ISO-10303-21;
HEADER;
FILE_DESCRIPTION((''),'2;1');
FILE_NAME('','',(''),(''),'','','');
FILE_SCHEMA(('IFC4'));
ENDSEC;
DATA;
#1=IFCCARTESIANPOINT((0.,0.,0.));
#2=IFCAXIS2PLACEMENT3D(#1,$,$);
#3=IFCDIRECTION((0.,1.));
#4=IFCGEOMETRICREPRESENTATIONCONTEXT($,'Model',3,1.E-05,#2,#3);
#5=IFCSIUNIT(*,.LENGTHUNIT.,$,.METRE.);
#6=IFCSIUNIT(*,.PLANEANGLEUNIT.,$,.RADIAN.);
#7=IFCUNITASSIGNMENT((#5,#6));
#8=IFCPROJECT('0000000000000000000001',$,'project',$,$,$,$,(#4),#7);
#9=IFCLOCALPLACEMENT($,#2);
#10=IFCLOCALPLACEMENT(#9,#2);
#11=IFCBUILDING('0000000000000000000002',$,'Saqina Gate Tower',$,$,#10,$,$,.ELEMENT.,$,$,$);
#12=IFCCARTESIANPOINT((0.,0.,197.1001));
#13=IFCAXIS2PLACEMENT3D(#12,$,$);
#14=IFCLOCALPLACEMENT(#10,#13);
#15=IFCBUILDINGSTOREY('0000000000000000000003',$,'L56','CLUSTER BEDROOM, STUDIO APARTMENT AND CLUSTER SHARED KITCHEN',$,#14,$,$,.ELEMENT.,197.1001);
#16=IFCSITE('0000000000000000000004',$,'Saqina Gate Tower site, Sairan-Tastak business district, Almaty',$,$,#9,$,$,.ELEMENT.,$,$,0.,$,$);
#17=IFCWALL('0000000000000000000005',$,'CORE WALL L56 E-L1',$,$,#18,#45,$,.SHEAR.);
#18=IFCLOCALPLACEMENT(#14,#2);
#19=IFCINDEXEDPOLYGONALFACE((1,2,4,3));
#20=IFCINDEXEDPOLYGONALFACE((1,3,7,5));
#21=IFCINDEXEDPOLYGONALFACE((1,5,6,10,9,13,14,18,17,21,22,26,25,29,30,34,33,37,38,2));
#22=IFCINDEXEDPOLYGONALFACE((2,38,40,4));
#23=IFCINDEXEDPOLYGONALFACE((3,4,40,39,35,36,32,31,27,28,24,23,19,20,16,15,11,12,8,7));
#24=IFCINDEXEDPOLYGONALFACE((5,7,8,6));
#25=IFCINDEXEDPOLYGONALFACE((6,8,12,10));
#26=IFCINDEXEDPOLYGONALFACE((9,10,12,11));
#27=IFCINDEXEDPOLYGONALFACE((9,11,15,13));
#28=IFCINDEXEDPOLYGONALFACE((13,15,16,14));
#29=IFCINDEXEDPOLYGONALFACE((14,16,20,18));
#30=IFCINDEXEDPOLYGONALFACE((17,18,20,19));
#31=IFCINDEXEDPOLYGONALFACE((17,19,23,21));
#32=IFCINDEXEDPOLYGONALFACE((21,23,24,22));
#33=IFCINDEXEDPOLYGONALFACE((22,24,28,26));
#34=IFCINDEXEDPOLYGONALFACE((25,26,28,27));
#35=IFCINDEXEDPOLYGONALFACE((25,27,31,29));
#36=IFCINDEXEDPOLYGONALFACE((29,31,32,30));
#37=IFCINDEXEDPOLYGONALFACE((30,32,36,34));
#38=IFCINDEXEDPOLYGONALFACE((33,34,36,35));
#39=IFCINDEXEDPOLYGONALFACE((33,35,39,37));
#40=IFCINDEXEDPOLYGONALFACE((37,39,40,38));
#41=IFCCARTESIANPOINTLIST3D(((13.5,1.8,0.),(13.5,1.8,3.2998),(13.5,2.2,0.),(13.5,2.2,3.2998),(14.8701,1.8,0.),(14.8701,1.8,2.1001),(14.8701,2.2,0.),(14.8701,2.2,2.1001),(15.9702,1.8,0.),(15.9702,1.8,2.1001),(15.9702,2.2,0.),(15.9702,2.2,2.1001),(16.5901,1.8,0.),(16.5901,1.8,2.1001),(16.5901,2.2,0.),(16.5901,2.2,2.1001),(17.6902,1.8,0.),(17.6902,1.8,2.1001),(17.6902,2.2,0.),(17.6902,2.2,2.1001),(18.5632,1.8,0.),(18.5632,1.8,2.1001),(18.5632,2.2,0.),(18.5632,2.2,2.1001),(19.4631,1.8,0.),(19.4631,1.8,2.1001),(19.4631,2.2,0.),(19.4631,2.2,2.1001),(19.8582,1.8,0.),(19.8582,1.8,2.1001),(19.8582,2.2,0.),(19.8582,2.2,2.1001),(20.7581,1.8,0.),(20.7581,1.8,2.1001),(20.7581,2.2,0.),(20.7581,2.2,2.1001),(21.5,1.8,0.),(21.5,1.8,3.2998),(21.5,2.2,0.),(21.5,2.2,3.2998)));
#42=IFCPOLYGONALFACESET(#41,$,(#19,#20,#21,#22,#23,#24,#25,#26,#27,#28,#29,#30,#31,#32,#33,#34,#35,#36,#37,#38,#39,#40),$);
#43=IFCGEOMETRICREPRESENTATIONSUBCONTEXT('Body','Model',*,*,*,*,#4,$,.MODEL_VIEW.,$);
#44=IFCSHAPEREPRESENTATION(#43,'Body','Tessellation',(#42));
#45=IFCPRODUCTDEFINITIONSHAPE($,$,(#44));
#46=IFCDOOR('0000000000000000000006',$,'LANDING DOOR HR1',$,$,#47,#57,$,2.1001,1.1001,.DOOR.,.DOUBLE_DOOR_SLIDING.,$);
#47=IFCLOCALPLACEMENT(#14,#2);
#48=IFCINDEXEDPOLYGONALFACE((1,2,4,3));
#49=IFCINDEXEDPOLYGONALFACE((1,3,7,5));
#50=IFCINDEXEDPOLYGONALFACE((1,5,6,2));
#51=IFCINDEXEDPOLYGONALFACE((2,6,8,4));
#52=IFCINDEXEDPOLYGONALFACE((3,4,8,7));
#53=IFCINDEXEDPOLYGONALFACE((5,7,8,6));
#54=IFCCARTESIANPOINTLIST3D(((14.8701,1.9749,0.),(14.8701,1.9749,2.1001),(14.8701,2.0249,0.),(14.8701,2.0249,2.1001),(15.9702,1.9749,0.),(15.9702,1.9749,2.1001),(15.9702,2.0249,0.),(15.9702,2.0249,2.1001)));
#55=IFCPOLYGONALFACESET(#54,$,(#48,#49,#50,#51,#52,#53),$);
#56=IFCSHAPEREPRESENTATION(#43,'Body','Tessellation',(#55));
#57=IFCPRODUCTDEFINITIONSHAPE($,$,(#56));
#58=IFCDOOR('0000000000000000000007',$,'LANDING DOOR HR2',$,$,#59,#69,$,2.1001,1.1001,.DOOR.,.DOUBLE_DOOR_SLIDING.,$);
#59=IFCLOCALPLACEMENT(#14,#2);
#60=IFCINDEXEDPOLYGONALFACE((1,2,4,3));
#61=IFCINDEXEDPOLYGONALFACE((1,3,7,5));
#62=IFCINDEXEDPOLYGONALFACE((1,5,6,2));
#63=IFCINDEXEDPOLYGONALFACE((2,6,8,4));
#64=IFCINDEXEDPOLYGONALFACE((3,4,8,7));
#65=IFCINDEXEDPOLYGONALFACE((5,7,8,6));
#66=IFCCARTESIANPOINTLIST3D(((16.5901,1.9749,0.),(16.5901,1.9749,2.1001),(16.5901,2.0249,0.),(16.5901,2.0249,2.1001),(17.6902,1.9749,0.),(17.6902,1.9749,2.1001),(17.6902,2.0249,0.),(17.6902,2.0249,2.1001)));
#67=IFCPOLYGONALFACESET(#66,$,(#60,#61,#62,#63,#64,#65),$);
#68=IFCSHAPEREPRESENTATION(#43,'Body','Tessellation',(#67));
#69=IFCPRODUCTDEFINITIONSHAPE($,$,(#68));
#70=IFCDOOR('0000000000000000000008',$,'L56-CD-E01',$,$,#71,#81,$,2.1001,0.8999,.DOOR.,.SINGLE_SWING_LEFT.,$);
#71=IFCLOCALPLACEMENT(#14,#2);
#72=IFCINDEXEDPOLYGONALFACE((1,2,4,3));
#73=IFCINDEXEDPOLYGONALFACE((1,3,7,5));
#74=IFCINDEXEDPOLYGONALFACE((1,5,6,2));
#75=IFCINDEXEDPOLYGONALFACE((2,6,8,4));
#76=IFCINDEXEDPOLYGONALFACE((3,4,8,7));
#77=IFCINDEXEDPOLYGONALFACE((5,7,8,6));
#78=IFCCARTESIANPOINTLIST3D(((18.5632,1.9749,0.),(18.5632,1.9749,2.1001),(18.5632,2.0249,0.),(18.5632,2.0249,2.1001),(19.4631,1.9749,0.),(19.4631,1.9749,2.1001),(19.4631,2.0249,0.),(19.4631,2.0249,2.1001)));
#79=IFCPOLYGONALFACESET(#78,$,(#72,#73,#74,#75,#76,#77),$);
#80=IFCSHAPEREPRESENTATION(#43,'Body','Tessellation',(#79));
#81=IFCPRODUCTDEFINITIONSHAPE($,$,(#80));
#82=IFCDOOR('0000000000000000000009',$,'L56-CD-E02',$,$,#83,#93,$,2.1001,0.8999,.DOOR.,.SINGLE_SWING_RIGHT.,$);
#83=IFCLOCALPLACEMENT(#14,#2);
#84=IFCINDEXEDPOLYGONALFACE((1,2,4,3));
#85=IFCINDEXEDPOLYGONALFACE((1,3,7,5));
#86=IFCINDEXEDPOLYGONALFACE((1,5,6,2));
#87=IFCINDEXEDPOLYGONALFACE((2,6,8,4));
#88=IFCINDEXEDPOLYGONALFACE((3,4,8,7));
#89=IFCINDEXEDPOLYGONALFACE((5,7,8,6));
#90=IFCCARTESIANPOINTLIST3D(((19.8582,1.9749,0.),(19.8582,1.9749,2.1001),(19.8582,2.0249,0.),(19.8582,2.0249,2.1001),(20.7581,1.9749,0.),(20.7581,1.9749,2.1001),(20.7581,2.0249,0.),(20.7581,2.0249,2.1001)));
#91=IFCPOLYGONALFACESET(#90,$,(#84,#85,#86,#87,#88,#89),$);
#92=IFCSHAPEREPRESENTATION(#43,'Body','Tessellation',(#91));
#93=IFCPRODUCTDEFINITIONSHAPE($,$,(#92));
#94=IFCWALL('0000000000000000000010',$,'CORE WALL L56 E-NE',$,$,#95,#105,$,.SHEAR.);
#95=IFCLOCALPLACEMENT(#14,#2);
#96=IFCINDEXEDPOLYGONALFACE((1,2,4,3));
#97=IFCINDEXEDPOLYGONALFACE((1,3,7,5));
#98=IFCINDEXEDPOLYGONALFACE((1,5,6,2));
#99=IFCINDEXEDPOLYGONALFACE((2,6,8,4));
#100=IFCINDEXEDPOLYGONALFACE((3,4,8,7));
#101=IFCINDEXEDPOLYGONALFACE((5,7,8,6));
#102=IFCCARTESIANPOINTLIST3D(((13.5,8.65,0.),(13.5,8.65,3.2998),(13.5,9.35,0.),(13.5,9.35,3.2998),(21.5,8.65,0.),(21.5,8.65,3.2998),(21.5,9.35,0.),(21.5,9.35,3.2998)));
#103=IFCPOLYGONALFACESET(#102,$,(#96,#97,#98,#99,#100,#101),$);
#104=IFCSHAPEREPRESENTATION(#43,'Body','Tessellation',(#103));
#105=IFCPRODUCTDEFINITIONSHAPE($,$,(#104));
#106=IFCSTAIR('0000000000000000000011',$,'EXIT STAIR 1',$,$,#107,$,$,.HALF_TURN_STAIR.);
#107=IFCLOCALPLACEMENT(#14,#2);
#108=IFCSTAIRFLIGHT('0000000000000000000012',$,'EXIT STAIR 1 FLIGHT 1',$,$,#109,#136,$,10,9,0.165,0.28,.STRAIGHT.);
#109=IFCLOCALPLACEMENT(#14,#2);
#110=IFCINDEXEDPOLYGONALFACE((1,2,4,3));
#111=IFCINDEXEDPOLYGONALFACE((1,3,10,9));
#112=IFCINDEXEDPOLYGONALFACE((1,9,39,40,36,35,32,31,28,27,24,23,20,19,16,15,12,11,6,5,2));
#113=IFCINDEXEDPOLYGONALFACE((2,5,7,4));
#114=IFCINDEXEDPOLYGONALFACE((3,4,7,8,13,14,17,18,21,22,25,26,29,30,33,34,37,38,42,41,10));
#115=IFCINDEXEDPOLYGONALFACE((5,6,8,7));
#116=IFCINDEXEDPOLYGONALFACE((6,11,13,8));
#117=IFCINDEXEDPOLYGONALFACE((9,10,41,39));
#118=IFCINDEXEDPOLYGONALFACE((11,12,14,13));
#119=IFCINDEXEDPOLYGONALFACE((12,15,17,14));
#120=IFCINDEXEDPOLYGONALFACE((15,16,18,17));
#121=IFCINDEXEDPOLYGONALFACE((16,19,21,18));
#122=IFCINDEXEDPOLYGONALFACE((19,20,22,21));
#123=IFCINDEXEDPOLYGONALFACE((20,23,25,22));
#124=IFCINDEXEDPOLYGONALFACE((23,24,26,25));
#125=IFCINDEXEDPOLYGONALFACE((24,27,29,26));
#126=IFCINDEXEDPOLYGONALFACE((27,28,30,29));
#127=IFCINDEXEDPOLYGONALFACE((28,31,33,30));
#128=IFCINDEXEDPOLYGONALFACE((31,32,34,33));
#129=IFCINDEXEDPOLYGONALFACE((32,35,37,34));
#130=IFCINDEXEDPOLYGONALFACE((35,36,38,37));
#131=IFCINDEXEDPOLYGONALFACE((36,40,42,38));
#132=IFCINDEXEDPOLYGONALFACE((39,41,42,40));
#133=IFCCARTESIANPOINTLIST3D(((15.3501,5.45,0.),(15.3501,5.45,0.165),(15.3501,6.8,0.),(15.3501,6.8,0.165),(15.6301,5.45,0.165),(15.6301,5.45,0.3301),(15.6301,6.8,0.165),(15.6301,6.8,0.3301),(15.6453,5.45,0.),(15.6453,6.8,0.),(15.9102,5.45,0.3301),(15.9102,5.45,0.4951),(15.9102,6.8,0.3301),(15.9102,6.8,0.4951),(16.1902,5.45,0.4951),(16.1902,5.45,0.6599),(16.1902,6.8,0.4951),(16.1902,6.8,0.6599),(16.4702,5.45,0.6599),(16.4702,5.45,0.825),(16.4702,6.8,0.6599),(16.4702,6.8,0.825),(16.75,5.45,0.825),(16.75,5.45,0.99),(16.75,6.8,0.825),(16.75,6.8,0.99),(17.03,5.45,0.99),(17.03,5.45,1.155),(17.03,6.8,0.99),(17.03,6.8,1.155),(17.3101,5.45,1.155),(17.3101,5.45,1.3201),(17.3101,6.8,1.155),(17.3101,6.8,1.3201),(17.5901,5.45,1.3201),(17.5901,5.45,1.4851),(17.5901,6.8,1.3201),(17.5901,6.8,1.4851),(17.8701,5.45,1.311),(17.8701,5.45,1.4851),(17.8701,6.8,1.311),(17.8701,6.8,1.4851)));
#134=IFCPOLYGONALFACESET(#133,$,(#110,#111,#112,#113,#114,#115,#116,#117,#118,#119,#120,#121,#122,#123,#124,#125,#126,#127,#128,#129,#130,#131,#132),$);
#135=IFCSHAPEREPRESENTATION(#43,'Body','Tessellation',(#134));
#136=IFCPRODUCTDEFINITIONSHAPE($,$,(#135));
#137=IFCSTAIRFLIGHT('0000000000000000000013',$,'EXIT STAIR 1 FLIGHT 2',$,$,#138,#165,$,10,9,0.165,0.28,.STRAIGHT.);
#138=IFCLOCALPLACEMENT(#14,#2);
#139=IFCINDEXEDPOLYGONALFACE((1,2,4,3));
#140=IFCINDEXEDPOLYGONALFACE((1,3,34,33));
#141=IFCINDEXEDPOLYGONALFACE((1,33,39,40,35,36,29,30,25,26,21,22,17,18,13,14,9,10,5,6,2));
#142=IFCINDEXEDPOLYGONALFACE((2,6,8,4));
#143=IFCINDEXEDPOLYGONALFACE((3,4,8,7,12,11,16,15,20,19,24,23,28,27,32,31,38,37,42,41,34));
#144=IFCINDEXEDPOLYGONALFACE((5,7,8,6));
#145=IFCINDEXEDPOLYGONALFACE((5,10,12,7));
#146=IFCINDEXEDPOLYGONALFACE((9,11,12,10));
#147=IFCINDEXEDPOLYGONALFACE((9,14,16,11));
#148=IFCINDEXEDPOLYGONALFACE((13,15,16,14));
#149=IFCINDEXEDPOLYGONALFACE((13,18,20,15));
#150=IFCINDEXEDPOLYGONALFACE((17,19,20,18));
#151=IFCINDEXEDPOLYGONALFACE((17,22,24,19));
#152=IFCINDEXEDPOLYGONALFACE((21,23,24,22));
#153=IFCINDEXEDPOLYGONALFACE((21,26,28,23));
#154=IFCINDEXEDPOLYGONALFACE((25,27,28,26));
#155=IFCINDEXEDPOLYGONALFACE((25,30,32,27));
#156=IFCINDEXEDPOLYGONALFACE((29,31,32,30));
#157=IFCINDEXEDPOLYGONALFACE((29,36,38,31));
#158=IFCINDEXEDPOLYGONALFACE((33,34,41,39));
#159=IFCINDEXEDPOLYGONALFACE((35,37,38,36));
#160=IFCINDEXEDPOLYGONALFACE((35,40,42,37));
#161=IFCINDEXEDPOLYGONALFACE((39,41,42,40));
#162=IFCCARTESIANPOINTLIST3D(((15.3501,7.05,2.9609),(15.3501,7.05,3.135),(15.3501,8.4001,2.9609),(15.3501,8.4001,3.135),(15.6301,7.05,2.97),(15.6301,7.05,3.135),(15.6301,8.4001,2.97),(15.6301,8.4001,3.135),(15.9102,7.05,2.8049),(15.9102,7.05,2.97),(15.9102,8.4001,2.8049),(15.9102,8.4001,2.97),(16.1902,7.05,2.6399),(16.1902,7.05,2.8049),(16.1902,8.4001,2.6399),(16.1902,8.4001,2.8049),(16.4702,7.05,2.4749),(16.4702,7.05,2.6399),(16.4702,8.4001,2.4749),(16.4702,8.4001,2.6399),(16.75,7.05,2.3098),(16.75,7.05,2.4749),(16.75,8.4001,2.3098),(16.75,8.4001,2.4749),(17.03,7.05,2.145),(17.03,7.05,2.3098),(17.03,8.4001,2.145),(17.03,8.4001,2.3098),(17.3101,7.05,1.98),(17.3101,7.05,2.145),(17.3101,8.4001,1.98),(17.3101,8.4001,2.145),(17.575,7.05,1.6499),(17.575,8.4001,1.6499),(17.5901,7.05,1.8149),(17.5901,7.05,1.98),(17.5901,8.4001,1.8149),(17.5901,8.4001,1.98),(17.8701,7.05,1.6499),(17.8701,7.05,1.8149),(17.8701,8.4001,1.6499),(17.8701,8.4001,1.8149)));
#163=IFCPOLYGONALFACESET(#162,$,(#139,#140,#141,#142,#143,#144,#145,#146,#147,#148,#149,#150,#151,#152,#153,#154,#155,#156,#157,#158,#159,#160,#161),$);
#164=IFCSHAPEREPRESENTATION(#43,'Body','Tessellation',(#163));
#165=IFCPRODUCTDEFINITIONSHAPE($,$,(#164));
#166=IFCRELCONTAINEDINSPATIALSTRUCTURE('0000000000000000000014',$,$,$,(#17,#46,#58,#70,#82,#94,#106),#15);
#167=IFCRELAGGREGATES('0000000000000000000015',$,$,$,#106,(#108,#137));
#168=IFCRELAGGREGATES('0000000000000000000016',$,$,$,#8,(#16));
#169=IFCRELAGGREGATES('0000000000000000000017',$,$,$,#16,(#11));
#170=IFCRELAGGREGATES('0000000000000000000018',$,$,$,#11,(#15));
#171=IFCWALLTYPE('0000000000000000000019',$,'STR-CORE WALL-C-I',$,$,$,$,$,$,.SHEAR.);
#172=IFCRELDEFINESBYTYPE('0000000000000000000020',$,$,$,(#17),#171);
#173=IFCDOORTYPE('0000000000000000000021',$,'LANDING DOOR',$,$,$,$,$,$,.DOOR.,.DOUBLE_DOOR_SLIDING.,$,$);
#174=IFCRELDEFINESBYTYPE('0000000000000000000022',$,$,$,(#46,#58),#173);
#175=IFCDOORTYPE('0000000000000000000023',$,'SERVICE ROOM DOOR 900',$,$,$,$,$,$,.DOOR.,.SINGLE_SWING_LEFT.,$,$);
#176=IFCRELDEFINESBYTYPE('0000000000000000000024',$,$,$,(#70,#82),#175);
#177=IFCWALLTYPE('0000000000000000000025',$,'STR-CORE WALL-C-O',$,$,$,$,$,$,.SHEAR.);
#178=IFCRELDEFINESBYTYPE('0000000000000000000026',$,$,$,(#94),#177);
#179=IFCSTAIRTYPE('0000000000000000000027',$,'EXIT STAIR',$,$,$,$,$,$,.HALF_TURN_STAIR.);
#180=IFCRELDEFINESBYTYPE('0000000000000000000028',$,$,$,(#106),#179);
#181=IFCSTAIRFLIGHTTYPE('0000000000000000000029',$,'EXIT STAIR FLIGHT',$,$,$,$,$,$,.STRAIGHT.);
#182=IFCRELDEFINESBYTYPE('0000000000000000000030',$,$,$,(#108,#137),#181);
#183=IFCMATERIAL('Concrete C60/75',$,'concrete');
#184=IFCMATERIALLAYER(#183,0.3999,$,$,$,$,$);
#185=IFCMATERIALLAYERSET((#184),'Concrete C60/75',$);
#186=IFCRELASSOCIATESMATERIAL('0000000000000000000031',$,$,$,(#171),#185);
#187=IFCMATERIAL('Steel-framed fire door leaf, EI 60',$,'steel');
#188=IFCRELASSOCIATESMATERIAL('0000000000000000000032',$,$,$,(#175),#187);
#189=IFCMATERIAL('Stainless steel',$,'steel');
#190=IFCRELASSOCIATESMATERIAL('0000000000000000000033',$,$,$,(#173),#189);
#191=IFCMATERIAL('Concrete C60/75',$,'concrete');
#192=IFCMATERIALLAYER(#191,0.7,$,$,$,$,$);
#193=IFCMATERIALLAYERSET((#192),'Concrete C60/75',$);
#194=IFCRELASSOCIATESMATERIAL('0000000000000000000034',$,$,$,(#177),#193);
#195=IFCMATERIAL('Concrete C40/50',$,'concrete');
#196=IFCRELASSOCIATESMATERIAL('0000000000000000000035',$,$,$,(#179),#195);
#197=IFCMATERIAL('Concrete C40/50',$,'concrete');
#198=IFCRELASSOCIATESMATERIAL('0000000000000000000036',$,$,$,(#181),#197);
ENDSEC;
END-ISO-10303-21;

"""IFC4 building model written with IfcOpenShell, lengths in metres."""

from ifc_helpers import new_model, si_unit, direction, frame, frame_2d, origin, place, context, subcontext, project, spatial, polyline, rectangle, outline, extrude, material, layer, layer_set, type_object, element, fill, aggregate, save


model = new_model("IFC4")

# Units and contexts
model_context = context("Model", 3, precision=1e-05, world=origin(), true_north=direction((0.0, 1.0)))
body_context = subcontext(model_context, "Body", "Model", "MODEL_VIEW")
ifc_project = project(units=[si_unit("LENGTHUNIT", "METRE"), si_unit("PLANEANGLEUNIT", "RADIAN")], contexts=[model_context])

# Site, building, storey
site_placement = place(None, origin())
site = spatial("IfcSite", under=ifc_project, at=site_placement, Name="Saqina Gate Tower site, Sairan-Tastak business district, Almaty", CompositionType="ELEMENT", RefElevation=0.0)
building_placement = place(site_placement, origin())
building = spatial("IfcBuilding", under=site, at=building_placement, Name="Saqina Gate Tower", CompositionType="ELEMENT")
storey_placement = place(building_placement, frame((0.0, 0.0, 197.1001)))
storey = spatial("IfcBuildingStorey", under=building, at=storey_placement, Name="L56", Description="CLUSTER BEDROOM, STUDIO APARTMENT AND CLUSTER SHARED KITCHEN", CompositionType="ELEMENT", Elevation=197.1001)

# Shared definitions
ifc_material_1 = material(Name="Concrete C60/75", Category="concrete")
ifc_layer_1 = layer(ifc_material_1, 0.3999)
ifc_layer_set_1 = layer_set([ifc_layer_1], Name="Concrete C60/75")
wall_type_1 = type_object("IfcWallType", Name="STR-CORE WALL-C-I", PredefinedType="SHEAR", material=ifc_layer_set_1)
ifc_material_2 = material(Name="Steel-framed fire door leaf, EI 60", Category="steel")
door_type_1 = type_object("IfcDoorType", Name="SERVICE ROOM DOOR 900", OperationType="SINGLE_SWING_LEFT", PredefinedType="DOOR", material=ifc_material_2)

# Wall, openings, doors
wall_1_placement = place(storey_placement, frame((13.5, 2.0, 0.0), z_axis=(0.0, 0.0, 1.0), x_axis=(1.0, 0.0, 0.0)))
wall_1 = element("IfcWall", 1, at=wall_1_placement, inside=storey, type_object=wall_type_1, Name="CORE WALL L56 E-L1", PredefinedType="SHEAR", context=body_context, shape_type="SweptSolid", body=[
    extrude(rectangle(XDim=8.0, YDim=0.3999, at=frame_2d((4.0, 0.0))), origin(), (0.0, 0.0, 1.0), 3.2998),
])
opening_1_placement = place(wall_1_placement, frame((1.3701, 0.0, 0.0)))
opening_1 = element("IfcOpeningElement", 2, at=opening_1_placement, cuts=wall_1, PredefinedType="OPENING", context=body_context, shape_type="SweptSolid", body=[
    extrude(rectangle(XDim=1.1001, YDim=2.1001, at=frame_2d((0.55, 1.05))), frame((0.0, 0.2119, 0.0), z_axis=(0.0, -1.0, 0.0), x_axis=(1.0, 0.0, 0.0)), (0.0, 0.0, 1.0), 0.4238),
])
opening_2_placement = place(wall_1_placement, frame((3.0901, 0.0, 0.0)))
opening_2 = element("IfcOpeningElement", 3, at=opening_2_placement, cuts=wall_1, PredefinedType="OPENING", context=body_context, shape_type="SweptSolid", body=[
    extrude(rectangle(XDim=1.1001, YDim=2.1001, at=frame_2d((0.55, 1.05))), frame((0.0, 0.2119, 0.0), z_axis=(0.0, -1.0, 0.0), x_axis=(1.0, 0.0, 0.0)), (0.0, 0.0, 1.0), 0.4238),
])
opening_3_placement = place(wall_1_placement, frame((5.0632, 0.0, 0.0)))
opening_3 = element("IfcOpeningElement", 4, at=opening_3_placement, cuts=wall_1, PredefinedType="OPENING", context=body_context, shape_type="SweptSolid", body=[
    extrude(rectangle(XDim=0.8999, YDim=2.1001, at=frame_2d((0.45, 1.05))), frame((0.0, 0.2119, 0.0), z_axis=(0.0, -1.0, 0.0), x_axis=(1.0, 0.0, 0.0)), (0.0, 0.0, 1.0), 0.4238),
])
opening_4_placement = place(wall_1_placement, frame((6.3582, 0.0, 0.0)))
opening_4 = element("IfcOpeningElement", 5, at=opening_4_placement, cuts=wall_1, PredefinedType="OPENING", context=body_context, shape_type="SweptSolid", body=[
    extrude(rectangle(XDim=0.8999, YDim=2.1001, at=frame_2d((0.45, 1.05))), frame((0.0, 0.2119, 0.0), z_axis=(0.0, -1.0, 0.0), x_axis=(1.0, 0.0, 0.0)), (0.0, 0.0, 1.0), 0.4238),
])
ifc_material_3 = material(Name="Stainless steel", Category="steel")
door_type_2 = type_object("IfcDoorType", Name="LANDING DOOR", OperationType="DOUBLE_DOOR_SLIDING", PredefinedType="DOOR", material=ifc_material_3)
door_1_placement = place(opening_1_placement, origin())
door_1 = element("IfcDoor", 6, at=door_1_placement, inside=storey, type_object=door_type_2, Name="LANDING DOOR HR1", OperationType="DOUBLE_DOOR_SLIDING", OverallHeight=2.1001, OverallWidth=1.1001, PredefinedType="DOOR", context=body_context, shape_type="SweptSolid", body=[
    extrude(rectangle(XDim=1.1001, YDim=2.1001, at=frame_2d((0.55, 1.05))), frame((0.0, 0.0249, 0.0), z_axis=(0.0, -1.0, 0.0), x_axis=(1.0, 0.0, 0.0)), (0.0, 0.0, 1.0), 0.05),
])
fill(opening_1, door_1)
door_2_placement = place(opening_2_placement, origin())
door_2 = element("IfcDoor", 7, at=door_2_placement, inside=storey, type_object=door_type_2, Name="LANDING DOOR HR2", OperationType="DOUBLE_DOOR_SLIDING", OverallHeight=2.1001, OverallWidth=1.1001, PredefinedType="DOOR", context=body_context, shape_type="SweptSolid", body=[
    extrude(rectangle(XDim=1.1001, YDim=2.1001, at=frame_2d((0.55, 1.05))), frame((0.0, 0.0249, 0.0), z_axis=(0.0, -1.0, 0.0), x_axis=(1.0, 0.0, 0.0)), (0.0, 0.0, 1.0), 0.05),
])
fill(opening_2, door_2)
door_3_placement = place(opening_3_placement, origin())
door_3 = element("IfcDoor", 8, at=door_3_placement, inside=storey, type_object=door_type_1, Name="L56-CD-E01", OperationType="SINGLE_SWING_LEFT", OverallHeight=2.1001, OverallWidth=0.8999, PredefinedType="DOOR", context=body_context, shape_type="SweptSolid", body=[
    extrude(rectangle(XDim=0.8999, YDim=2.1001, at=frame_2d((0.45, 1.05))), frame((0.0, 0.0249, 0.0), z_axis=(0.0, -1.0, 0.0), x_axis=(1.0, 0.0, 0.0)), (0.0, 0.0, 1.0), 0.05),
])
fill(opening_3, door_3)
door_4_placement = place(opening_4_placement, origin())
door_4 = element("IfcDoor", 9, at=door_4_placement, inside=storey, type_object=door_type_1, Name="L56-CD-E02", OperationType="SINGLE_SWING_RIGHT", OverallHeight=2.1001, OverallWidth=0.8999, PredefinedType="DOOR", context=body_context, shape_type="SweptSolid", body=[
    extrude(rectangle(XDim=0.8999, YDim=2.1001, at=frame_2d((0.45, 1.05))), frame((0.0, 0.0249, 0.0), z_axis=(0.0, -1.0, 0.0), x_axis=(1.0, 0.0, 0.0)), (0.0, 0.0, 1.0), 0.05),
])
fill(opening_4, door_4)

# Wall
ifc_material_4 = material(Name="Concrete C60/75", Category="concrete")
ifc_layer_2 = layer(ifc_material_4, 0.7)
ifc_layer_set_2 = layer_set([ifc_layer_2], Name="Concrete C60/75")
wall_type_2 = type_object("IfcWallType", Name="STR-CORE WALL-C-O", PredefinedType="SHEAR", material=ifc_layer_set_2)
wall_2_placement = place(storey_placement, frame((13.5, 9.0, 0.0), z_axis=(0.0, 0.0, 1.0), x_axis=(1.0, 0.0, 0.0)))
element("IfcWall", 10, at=wall_2_placement, inside=storey, type_object=wall_type_2, Name="CORE WALL L56 E-NE", PredefinedType="SHEAR", context=body_context, shape_type="SweptSolid", body=[
    extrude(rectangle(XDim=8.0, YDim=0.7, at=frame_2d((4.0, 0.0))), origin(), (0.0, 0.0, 1.0), 3.2998),
])

# Stair, stair flights
ifc_material_5 = material(Name="Concrete C40/50", Category="concrete")
stair_type = type_object("IfcStairType", Name="EXIT STAIR", PredefinedType="HALF_TURN_STAIR", material=ifc_material_5)
stair_placement = place(storey_placement, origin())
stair = element("IfcStair", 11, at=stair_placement, inside=storey, type_object=stair_type, Name="EXIT STAIR 1", PredefinedType="HALF_TURN_STAIR")
ifc_material_6 = material(Name="Concrete C40/50", Category="concrete")
stair_flight_type = type_object("IfcStairFlightType", Name="EXIT STAIR FLIGHT", PredefinedType="STRAIGHT", material=ifc_material_6)
stair_flight_1_placement = place(storey_placement, frame((15.3501, 6.125, 0.0), z_axis=(0.0, 0.0, 1.0), x_axis=(1.0, 0.0, 0.0)))
stair_flight_1 = element("IfcStairFlight", 12, at=stair_flight_1_placement, type_object=stair_flight_type, Name="EXIT STAIR 1 FLIGHT 1", NumberOfRisers=10, NumberOfTreads=9, PredefinedType="STRAIGHT", RiserHeight=0.165, TreadLength=0.28, context=body_context, shape_type="SweptSolid", body=[
    extrude(outline(polyline([(0.0, 0.0), (0.0, 0.165), (0.28, 0.165), (0.28, 0.3301), (0.5601, 0.3301), (0.5601, 0.4951), (0.8401, 0.4951), (0.8401, 0.6599), (1.1201, 0.6599), (1.1201, 0.825), (1.3999, 0.825), (1.3999, 0.99), (1.6799, 0.99), (1.6799, 1.155), (1.96, 1.155), (1.96, 1.3201), (2.24, 1.3201), (2.24, 1.4851), (2.52, 1.4851), (2.52, 1.6499), (2.52, 1.311), (0.2952, 0.0), (0.0, 0.0)])), frame((0.0, 0.675, 0.0), z_axis=(0.0, -1.0, 0.0), x_axis=(1.0, 0.0, 0.0)), (0.0, 0.0, 1.0), 1.3501),
])
stair_flight_2_placement = place(storey_placement, frame((17.8701, 7.7251, 1.6499), z_axis=(0.0, 0.0, 1.0), x_axis=(-1.0, 0.0, 0.0)))
stair_flight_2 = element("IfcStairFlight", 13, at=stair_flight_2_placement, type_object=stair_flight_type, Name="EXIT STAIR 1 FLIGHT 2", NumberOfRisers=10, NumberOfTreads=9, PredefinedType="STRAIGHT", RiserHeight=0.165, TreadLength=0.28, context=body_context, shape_type="SweptSolid", body=[
    extrude(outline(polyline([(0.0, 0.0), (0.0, 0.165), (0.28, 0.165), (0.28, 0.3301), (0.5601, 0.3301), (0.5601, 0.4951), (0.8401, 0.4951), (0.8401, 0.6599), (1.1201, 0.6599), (1.1201, 0.825), (1.3999, 0.825), (1.3999, 0.99), (1.6799, 0.99), (1.6799, 1.155), (1.96, 1.155), (1.96, 1.3201), (2.24, 1.3201), (2.24, 1.4851), (2.52, 1.4851), (2.52, 1.6499), (2.52, 1.311), (0.2952, 0.0), (0.0, 0.0)])), frame((0.0, 0.675, 0.0), z_axis=(0.0, -1.0, 0.0), x_axis=(1.0, 0.0, 0.0)), (0.0, 0.0, 1.0), 1.3501),
])
aggregate(stair, [stair_flight_1, stair_flight_2])

save(model, "model.ifc")
